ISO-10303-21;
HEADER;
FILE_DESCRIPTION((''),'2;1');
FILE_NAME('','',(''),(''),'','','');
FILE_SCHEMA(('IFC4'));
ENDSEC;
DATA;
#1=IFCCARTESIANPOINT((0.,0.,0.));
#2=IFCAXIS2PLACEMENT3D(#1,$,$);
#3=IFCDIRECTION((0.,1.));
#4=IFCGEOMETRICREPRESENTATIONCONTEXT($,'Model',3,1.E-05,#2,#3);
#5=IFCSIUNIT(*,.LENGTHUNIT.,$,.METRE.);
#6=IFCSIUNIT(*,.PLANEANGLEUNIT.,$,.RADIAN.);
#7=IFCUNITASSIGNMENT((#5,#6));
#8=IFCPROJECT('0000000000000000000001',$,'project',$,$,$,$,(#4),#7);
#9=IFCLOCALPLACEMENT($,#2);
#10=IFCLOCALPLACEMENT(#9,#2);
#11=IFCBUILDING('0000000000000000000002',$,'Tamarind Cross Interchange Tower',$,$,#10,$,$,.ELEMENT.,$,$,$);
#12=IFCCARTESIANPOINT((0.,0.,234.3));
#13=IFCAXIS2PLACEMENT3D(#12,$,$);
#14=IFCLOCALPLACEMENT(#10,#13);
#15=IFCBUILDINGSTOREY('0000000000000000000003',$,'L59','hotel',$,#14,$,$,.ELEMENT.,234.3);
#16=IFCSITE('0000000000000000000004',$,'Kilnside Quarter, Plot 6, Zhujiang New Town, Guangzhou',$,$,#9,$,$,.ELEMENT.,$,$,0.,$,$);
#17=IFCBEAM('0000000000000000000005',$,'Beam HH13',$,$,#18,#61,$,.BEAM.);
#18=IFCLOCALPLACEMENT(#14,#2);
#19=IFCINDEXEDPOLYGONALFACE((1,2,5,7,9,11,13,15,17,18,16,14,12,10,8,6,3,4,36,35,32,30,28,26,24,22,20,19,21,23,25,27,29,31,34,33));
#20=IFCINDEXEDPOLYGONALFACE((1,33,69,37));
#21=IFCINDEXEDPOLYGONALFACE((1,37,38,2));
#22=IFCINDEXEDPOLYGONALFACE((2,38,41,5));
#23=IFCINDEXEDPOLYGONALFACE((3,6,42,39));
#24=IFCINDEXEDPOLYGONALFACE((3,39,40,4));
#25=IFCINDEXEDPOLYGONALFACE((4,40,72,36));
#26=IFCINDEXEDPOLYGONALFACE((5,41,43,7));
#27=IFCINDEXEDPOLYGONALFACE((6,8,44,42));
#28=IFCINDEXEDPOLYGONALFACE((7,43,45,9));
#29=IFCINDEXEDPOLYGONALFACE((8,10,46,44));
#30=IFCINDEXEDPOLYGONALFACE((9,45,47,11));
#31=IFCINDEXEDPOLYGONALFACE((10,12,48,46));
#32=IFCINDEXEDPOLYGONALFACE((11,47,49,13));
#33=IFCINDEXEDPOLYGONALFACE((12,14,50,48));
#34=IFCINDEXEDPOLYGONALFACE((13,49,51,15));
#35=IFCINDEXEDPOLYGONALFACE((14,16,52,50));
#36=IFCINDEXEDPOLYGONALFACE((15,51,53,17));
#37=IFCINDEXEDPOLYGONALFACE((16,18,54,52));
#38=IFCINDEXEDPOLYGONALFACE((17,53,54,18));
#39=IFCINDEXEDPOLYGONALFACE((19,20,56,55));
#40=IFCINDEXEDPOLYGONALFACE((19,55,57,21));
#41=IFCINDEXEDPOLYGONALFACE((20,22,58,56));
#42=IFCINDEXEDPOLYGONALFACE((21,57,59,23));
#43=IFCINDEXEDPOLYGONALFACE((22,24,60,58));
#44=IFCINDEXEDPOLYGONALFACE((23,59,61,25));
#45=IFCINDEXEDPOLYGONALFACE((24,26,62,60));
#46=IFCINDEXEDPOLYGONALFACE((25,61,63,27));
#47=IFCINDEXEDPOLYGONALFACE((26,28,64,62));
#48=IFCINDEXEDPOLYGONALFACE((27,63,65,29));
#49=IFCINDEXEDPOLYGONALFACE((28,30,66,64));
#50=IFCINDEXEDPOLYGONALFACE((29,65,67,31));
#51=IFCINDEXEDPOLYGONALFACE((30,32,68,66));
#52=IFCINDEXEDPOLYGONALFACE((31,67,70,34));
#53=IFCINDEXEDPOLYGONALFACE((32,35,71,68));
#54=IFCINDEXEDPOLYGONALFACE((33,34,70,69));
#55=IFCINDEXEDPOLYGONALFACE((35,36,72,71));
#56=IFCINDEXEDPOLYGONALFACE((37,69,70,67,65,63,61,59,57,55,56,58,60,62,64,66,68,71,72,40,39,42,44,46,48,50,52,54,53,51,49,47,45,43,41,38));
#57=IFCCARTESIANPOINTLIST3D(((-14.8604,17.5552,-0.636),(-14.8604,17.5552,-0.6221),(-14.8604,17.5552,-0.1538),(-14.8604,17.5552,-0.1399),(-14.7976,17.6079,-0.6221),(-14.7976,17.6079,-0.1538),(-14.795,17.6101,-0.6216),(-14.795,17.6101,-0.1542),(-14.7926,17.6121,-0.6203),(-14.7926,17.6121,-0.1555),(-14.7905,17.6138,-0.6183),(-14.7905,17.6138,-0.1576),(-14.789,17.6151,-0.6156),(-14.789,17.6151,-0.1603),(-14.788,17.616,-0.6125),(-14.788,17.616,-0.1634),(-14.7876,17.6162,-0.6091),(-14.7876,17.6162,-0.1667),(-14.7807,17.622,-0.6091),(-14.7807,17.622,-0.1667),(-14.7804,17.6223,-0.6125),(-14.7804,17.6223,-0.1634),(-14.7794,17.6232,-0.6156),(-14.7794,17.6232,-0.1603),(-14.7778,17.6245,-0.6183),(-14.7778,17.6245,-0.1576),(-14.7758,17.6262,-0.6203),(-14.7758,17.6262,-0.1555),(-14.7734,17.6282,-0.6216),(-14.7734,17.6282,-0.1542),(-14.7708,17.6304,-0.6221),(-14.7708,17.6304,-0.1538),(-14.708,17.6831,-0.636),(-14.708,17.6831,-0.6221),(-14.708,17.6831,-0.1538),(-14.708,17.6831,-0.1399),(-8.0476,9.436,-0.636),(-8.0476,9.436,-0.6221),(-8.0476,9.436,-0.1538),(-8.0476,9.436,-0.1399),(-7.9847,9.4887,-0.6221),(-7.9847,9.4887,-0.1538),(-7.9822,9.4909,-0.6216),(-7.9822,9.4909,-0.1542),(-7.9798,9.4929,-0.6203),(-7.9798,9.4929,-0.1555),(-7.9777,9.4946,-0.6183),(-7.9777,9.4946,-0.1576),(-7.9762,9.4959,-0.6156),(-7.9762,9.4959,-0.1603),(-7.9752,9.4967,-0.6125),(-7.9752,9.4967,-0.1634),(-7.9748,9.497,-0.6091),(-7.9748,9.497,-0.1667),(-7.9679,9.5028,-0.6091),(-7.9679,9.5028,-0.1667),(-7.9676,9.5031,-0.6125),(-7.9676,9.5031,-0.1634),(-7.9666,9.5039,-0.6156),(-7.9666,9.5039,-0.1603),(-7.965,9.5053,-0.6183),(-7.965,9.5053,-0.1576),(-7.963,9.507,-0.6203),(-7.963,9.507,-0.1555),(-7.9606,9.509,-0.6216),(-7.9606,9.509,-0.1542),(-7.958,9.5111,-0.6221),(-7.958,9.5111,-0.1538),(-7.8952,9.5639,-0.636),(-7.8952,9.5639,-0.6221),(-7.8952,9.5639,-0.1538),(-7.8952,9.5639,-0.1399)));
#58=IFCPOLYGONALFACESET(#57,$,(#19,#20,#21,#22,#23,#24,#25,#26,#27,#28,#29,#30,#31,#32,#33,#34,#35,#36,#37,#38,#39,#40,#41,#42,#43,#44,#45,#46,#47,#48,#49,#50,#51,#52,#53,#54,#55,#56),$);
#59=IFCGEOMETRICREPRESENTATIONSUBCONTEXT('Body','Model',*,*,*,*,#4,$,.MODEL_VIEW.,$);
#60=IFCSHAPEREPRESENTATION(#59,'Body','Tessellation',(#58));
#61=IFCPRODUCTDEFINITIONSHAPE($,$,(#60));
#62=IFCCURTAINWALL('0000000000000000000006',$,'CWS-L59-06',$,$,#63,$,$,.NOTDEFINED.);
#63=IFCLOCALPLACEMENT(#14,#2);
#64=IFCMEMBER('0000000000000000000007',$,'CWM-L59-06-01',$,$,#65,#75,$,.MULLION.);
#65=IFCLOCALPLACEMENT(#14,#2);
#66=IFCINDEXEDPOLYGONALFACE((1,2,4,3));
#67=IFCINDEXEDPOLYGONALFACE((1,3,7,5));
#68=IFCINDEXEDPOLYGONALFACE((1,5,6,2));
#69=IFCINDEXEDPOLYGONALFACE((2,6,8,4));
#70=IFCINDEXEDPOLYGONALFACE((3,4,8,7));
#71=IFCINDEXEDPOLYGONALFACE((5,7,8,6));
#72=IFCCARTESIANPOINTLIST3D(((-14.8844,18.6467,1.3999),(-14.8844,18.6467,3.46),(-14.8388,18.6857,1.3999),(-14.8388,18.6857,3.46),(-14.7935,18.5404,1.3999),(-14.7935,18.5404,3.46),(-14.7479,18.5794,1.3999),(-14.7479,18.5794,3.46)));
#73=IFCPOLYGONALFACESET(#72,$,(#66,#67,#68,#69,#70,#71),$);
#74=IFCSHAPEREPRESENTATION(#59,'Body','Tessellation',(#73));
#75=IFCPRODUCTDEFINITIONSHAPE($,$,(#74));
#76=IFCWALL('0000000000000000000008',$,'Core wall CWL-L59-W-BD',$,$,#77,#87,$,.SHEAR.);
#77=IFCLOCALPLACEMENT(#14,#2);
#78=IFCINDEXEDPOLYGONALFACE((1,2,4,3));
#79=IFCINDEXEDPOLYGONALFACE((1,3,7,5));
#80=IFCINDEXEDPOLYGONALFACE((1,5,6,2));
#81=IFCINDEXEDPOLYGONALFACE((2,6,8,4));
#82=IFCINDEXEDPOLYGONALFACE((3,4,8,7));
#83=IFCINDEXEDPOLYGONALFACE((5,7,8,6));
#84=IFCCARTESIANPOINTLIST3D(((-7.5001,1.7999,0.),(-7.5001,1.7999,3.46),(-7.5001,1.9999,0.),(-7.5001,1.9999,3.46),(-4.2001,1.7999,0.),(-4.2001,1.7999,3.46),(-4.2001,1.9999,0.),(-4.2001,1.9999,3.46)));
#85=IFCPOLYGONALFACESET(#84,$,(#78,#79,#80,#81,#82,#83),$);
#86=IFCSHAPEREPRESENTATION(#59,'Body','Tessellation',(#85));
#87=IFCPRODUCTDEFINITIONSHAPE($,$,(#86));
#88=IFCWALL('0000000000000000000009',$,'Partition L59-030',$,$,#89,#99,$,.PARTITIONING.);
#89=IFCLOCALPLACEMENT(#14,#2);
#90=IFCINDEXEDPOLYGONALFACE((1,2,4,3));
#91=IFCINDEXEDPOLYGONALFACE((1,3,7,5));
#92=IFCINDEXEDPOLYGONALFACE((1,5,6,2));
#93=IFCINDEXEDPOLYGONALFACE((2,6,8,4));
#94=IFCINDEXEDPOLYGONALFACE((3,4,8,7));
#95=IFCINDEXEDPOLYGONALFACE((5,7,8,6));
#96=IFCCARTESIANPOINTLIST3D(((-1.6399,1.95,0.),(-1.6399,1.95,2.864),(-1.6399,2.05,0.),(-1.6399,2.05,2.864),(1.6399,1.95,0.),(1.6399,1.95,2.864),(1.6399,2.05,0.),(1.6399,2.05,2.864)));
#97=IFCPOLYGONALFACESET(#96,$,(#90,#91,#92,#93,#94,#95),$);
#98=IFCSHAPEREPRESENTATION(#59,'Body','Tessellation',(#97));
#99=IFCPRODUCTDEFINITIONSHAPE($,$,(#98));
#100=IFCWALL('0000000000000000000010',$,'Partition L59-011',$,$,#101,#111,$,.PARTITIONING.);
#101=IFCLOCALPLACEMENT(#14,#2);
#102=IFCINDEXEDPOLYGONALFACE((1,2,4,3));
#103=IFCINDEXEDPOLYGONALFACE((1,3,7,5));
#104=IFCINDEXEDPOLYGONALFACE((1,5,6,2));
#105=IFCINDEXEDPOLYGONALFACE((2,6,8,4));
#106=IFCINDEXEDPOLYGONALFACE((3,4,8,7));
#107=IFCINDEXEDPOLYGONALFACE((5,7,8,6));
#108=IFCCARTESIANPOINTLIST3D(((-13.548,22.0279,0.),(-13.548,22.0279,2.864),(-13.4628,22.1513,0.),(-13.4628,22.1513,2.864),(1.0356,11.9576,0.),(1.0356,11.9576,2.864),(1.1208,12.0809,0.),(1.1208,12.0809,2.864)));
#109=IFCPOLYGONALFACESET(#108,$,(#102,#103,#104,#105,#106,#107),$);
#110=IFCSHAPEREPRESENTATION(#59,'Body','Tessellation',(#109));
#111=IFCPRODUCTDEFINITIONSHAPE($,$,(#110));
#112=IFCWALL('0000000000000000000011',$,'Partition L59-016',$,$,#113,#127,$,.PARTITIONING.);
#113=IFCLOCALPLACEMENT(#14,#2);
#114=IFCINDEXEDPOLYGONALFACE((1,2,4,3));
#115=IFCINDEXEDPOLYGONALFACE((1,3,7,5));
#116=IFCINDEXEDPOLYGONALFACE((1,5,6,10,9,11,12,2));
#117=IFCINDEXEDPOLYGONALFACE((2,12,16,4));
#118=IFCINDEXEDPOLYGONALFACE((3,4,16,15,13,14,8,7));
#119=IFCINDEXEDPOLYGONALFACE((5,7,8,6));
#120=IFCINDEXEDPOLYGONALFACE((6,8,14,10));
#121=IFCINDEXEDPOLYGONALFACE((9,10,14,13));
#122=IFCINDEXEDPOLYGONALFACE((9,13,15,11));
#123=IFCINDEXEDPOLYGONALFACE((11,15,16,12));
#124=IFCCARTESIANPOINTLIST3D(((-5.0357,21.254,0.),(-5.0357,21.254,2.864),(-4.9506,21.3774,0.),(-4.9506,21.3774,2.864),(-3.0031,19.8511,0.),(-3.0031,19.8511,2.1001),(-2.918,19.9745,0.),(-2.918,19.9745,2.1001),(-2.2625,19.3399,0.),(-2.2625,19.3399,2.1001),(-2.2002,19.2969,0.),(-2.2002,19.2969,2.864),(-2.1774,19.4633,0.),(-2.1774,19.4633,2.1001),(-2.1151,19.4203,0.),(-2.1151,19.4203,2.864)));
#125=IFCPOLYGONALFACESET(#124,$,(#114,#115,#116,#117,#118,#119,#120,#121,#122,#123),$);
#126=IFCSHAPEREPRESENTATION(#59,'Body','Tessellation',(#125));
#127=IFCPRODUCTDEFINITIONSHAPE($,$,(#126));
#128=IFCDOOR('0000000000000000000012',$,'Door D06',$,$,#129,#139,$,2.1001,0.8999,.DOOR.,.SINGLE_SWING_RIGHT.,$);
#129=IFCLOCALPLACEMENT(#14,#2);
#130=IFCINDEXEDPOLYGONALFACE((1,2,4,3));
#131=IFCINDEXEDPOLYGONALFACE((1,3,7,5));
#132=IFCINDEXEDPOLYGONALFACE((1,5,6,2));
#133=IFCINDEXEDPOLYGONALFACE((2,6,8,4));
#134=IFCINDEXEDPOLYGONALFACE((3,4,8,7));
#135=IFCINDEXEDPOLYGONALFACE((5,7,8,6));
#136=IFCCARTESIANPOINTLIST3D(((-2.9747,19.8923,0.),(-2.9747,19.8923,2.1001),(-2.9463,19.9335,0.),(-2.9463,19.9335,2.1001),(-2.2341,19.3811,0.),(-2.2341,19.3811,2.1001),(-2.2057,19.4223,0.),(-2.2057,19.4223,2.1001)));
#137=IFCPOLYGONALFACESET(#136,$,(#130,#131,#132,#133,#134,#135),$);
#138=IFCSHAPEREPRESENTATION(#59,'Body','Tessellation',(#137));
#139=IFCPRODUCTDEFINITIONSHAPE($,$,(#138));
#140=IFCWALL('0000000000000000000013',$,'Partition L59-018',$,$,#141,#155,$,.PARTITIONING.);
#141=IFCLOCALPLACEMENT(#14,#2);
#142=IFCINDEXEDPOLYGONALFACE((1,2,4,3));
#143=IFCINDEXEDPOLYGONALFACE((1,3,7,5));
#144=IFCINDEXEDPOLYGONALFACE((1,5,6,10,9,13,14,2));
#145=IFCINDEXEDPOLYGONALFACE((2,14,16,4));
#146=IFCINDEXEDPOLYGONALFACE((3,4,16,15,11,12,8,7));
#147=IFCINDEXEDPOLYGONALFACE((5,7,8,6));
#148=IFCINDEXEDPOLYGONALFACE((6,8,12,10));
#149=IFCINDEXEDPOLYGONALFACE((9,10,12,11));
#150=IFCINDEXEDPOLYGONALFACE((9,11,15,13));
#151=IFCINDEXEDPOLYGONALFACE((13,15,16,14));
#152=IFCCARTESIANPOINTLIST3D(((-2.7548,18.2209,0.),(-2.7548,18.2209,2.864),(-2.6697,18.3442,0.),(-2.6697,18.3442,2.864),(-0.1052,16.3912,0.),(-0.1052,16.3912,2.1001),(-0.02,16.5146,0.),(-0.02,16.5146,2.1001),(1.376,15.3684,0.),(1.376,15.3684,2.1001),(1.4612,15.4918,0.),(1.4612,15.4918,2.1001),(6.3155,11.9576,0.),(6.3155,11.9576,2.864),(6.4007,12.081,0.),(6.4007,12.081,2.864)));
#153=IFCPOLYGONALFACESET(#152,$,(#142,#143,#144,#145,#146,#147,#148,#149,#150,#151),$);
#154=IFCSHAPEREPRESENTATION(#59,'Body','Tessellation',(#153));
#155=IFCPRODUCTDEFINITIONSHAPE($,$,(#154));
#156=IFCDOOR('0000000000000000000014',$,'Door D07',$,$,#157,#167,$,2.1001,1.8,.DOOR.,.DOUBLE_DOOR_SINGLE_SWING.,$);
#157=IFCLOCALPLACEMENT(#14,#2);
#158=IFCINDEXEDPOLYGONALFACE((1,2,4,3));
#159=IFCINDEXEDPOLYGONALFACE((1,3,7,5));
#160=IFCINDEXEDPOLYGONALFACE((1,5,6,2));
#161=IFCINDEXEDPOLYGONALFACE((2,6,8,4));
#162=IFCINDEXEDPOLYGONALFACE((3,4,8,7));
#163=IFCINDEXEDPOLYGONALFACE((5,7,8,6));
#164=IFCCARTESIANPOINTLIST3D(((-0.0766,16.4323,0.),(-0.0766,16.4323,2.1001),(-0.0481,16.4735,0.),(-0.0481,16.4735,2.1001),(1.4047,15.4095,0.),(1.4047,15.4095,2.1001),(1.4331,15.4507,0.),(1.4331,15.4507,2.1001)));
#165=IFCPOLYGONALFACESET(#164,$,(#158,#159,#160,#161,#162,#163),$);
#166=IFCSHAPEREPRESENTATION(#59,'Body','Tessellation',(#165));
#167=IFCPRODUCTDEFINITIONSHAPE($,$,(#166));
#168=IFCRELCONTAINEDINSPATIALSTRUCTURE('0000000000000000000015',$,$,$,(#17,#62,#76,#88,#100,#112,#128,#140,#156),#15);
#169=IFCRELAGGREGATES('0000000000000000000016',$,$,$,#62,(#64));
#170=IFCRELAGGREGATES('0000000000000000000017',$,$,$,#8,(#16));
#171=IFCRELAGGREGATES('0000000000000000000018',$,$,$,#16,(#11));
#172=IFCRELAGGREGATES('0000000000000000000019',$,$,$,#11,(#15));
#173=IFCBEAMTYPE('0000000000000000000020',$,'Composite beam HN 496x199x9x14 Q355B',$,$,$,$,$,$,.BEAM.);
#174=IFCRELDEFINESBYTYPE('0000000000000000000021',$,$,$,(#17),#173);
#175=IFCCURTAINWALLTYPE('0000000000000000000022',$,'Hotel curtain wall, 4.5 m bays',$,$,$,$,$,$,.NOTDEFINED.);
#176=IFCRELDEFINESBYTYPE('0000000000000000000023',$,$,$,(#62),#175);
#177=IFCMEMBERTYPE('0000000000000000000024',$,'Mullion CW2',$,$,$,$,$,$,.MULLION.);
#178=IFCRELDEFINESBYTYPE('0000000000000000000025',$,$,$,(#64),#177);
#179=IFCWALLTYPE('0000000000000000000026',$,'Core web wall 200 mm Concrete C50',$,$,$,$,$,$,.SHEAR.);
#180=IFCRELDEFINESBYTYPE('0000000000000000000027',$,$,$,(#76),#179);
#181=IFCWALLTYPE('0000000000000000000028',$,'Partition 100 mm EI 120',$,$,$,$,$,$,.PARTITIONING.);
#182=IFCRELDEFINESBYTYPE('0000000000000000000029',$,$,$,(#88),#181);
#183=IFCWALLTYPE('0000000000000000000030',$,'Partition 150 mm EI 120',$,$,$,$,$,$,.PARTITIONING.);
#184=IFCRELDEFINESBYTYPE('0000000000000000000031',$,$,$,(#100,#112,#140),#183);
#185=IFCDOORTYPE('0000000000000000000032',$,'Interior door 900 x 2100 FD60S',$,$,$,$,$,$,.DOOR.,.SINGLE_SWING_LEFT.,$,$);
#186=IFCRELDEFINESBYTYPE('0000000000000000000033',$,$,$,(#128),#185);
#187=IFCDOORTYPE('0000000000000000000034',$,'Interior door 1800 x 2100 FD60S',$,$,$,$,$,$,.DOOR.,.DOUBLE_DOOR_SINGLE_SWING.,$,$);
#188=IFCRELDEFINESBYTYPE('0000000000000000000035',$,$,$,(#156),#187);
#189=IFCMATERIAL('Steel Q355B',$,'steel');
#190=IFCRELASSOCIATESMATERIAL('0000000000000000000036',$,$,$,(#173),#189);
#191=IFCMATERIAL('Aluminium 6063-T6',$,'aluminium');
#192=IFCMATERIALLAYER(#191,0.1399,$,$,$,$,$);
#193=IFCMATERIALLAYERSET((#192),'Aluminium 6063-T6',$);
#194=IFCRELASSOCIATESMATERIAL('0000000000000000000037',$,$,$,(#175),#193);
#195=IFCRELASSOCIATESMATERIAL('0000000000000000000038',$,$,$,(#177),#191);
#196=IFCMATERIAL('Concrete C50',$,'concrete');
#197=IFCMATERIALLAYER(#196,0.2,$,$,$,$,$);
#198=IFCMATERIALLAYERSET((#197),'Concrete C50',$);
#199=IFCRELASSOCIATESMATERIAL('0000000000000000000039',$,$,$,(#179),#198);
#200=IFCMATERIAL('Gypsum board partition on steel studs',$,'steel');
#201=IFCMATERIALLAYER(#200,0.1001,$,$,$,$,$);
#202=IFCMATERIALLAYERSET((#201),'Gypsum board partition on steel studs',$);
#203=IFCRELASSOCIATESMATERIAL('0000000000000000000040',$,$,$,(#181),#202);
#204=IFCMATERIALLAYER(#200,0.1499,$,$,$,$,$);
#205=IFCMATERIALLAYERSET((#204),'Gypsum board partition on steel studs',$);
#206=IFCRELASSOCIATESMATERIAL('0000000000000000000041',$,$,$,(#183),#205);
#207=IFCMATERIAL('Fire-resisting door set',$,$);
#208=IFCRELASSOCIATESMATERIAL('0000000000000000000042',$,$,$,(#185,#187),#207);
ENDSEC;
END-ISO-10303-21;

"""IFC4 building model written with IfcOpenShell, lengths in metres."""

from ifc_helpers import new_model, si_unit, direction, frame, frame_2d, origin, origin_2d, place, context, subcontext, project, spatial, rectangle, i_section, extrude, material, layer, layer_set, material_profile, profile_set, type_object, element, fill, aggregate, save


model = new_model("IFC4")

# Units and contexts
model_context = context("Model", 3, precision=1e-05, world=origin(), true_north=direction((0.0, 1.0)))
body_context = subcontext(model_context, "Body", "Model", "MODEL_VIEW")
ifc_project = project(units=[si_unit("LENGTHUNIT", "METRE"), si_unit("PLANEANGLEUNIT", "RADIAN")], contexts=[model_context])

# Site, building, storey
site_placement = place(None, origin())
site = spatial("IfcSite", under=ifc_project, at=site_placement, Name="Kilnside Quarter, Plot 6, Zhujiang New Town, Guangzhou", CompositionType="ELEMENT", RefElevation=0.0)
building_placement = place(site_placement, origin())
building = spatial("IfcBuilding", under=site, at=building_placement, Name="Tamarind Cross Interchange Tower", CompositionType="ELEMENT")
storey_placement = place(building_placement, frame((0.0, 0.0, 234.3)))
storey = spatial("IfcBuildingStorey", under=building, at=storey_placement, Name="L59", Description="hotel", CompositionType="ELEMENT", Elevation=234.3)

# Shared definitions
ifc_material_1 = material(Name="Concrete C50", Category="concrete")

# Beam
ifc_material_2 = material(Name="Steel Q355B", Category="steel")
ifc_material_profile_1 = material_profile(ifc_material_2, i_section(OverallWidth=0.199, OverallDepth=0.4961, WebThickness=0.009, FlangeThickness=0.0139, FilletRadius=0.0129, at=origin_2d()), Name="HN 496x199x9x14")
ifc_profile_set_1 = profile_set([ifc_material_profile_1], Name="Steel Q355B")
beam_type_1 = type_object("IfcBeamType", Name="Composite beam HN 496x199x9x14 Q355B", PredefinedType="BEAM", material=ifc_profile_set_1)
beam_1_placement = place(storey_placement, frame((-14.7842, 17.6191, -0.3879), z_axis=(0.642786, -0.766046, 0.0), x_axis=(0.766046, 0.642786, 0.0)))
element("IfcBeam", 1, at=beam_1_placement, inside=storey, type_object=beam_type_1, Name="Beam HH13", PredefinedType="BEAM", context=body_context, shape_type="SweptSolid", body=[
    extrude(i_section(OverallWidth=0.199, OverallDepth=0.4961, WebThickness=0.009, FlangeThickness=0.0139, FilletRadius=0.0129, at=origin_2d()), origin(), (0.0, 0.0, 1.0), 10.5989),
])

# Curtain wall, member
ifc_material_3 = material(Name="Aluminium 6063-T6", Category="aluminium")
ifc_layer_1 = layer(ifc_material_3, 0.1399)
ifc_layer_set_1 = layer_set([ifc_layer_1], Name="Aluminium 6063-T6")
curtain_wall_type = type_object("IfcCurtainWallType", Name="Hotel curtain wall, 4.5 m bays", PredefinedType="NOTDEFINED", material=ifc_layer_set_1)
curtain_wall_placement = place(storey_placement, origin())
curtain_wall = element("IfcCurtainWall", 2, at=curtain_wall_placement, inside=storey, type_object=curtain_wall_type, Name="CWS-L59-06", PredefinedType="NOTDEFINED")
ifc_material_profile_2 = material_profile(ifc_material_3, rectangle(XDim=0.0601, YDim=0.1399, at=origin_2d()), Name="Mullion CW2")
ifc_profile_set_2 = profile_set([ifc_material_profile_2], Name="Aluminium 6063-T6")
member_type = type_object("IfcMemberType", Name="Mullion CW2", PredefinedType="MULLION", material=ifc_profile_set_2)
member_placement = place(storey_placement, frame((-14.8162, 18.613, 1.3999), z_axis=(0.0, 0.0, 1.0), x_axis=(-0.76019, -0.649701, 0.0)))
member = element("IfcMember", 3, at=member_placement, type_object=member_type, Name="CWM-L59-06-01", PredefinedType="MULLION", context=body_context, shape_type="SweptSolid", body=[
    extrude(rectangle(XDim=0.0601, YDim=0.1399, at=origin_2d()), origin(), (0.0, 0.0, 1.0), 2.0601),
])
aggregate(curtain_wall, [member])

# Walls
ifc_layer_2 = layer(ifc_material_1, 0.2)
ifc_layer_set_2 = layer_set([ifc_layer_2], Name="Concrete C50")
wall_type_1 = type_object("IfcWallType", Name="Core web wall 200 mm Concrete C50", PredefinedType="SHEAR", material=ifc_layer_set_2)
wall_1_placement = place(storey_placement, frame((-7.5, 1.8999, 0.0), z_axis=(0.0, 0.0, 1.0), x_axis=(1.0, 0.0, 0.0)))
element("IfcWall", 4, at=wall_1_placement, inside=storey, type_object=wall_type_1, Name="Core wall CWL-L59-W-BD", PredefinedType="SHEAR", context=body_context, shape_type="SweptSolid", body=[
    extrude(rectangle(XDim=3.3, YDim=0.2, at=frame_2d((1.6499, 0.0))), origin(), (0.0, 0.0, 1.0), 3.46),
])
ifc_material_4 = material(Name="Gypsum board partition on steel studs", Category="steel")
ifc_layer_3 = layer(ifc_material_4, 0.1001)
ifc_layer_set_3 = layer_set([ifc_layer_3], Name="Gypsum board partition on steel studs")
wall_type_2 = type_object("IfcWallType", Name="Partition 100 mm EI 120", PredefinedType="PARTITIONING", material=ifc_layer_set_3)
wall_2_placement = place(storey_placement, frame((-1.6399, 2.0, 0.0), z_axis=(0.0, 0.0, 1.0), x_axis=(1.0, 0.0, 0.0)))
element("IfcWall", 5, at=wall_2_placement, inside=storey, type_object=wall_type_2, Name="Partition L59-030", PredefinedType="PARTITIONING", context=body_context, shape_type="SweptSolid", body=[
    extrude(rectangle(XDim=3.2798, YDim=0.1001, at=frame_2d((1.6399, 0.0))), origin(), (0.0, 0.0, 1.0), 2.864),
])
ifc_layer_4 = layer(ifc_material_4, 0.1499)
ifc_layer_set_4 = layer_set([ifc_layer_4], Name="Gypsum board partition on steel studs")
wall_type_3 = type_object("IfcWallType", Name="Partition 150 mm EI 120", PredefinedType="PARTITIONING", material=ifc_layer_set_4)
wall_3_placement = place(storey_placement, frame((-13.5054, 22.0896, 0.0), z_axis=(0.0, 0.0, 1.0), x_axis=(0.822877, -0.56822, 0.0)))
element("IfcWall", 6, at=wall_3_placement, inside=storey, type_object=wall_type_3, Name="Partition L59-011", PredefinedType="PARTITIONING", context=body_context, shape_type="SweptSolid", body=[
    extrude(rectangle(XDim=17.7227, YDim=0.1499, at=frame_2d((8.8613, 0.0))), origin(), (0.0, 0.0, 1.0), 2.864),
])

# Walls, openings, doors
wall_4_placement = place(storey_placement, frame((-4.9932, 21.3157, 0.0), z_axis=(0.0, 0.0, 1.0), x_axis=(0.823003, -0.568038, 0.0)))
wall_4 = element("IfcWall", 7, at=wall_4_placement, inside=storey, type_object=wall_type_3, Name="Partition L59-016", PredefinedType="PARTITIONING", context=body_context, shape_type="SweptSolid", body=[
    extrude(rectangle(XDim=3.4453, YDim=0.1499, at=frame_2d((1.7227, 0.0))), origin(), (0.0, 0.0, 1.0), 2.864),
])
opening_1_placement = place(wall_4_placement, frame((2.4697, 0.0, 0.0)))
opening_1 = element("IfcOpeningElement", 8, at=opening_1_placement, cuts=wall_4, PredefinedType="OPENING", context=body_context, shape_type="SweptSolid", body=[
    extrude(rectangle(XDim=0.8999, YDim=2.1001, at=frame_2d((0.45, 1.05))), frame((0.0, 0.085, 0.0), z_axis=(0.0, -1.0, 0.0), x_axis=(1.0, 0.0, 0.0)), (0.0, 0.0, 1.0), 0.1699),
])
ifc_material_5 = material(Name="Fire-resisting door set")
door_type_1 = type_object("IfcDoorType", Name="Interior door 900 x 2100 FD60S", OperationType="SINGLE_SWING_LEFT", PredefinedType="DOOR", material=ifc_material_5)
door_1_placement = place(opening_1_placement, frame((0.8999, 0.0, 0.0), z_axis=(0.0, 0.0, 1.0), x_axis=(-1.0, 0.0, 0.0)))
door_1 = element("IfcDoor", 9, at=door_1_placement, inside=storey, type_object=door_type_1, Name="Door D06", OperationType="SINGLE_SWING_RIGHT", OverallHeight=2.1001, OverallWidth=0.8999, PredefinedType="DOOR", context=body_context, shape_type="SweptSolid", body=[
    extrude(rectangle(XDim=0.8999, YDim=2.1001, at=frame_2d((0.45, 1.05))), frame((0.0, 0.0249, 0.0), z_axis=(0.0, -1.0, 0.0), x_axis=(1.0, 0.0, 0.0)), (0.0, 0.0, 1.0), 0.05),
])
fill(opening_1, door_1)
wall_5_placement = place(storey_placement, frame((-2.7122, 18.2825, 0.0), z_axis=(0.0, 0.0, 1.0), x_axis=(0.822882, -0.568212, 0.0)))
wall_5 = element("IfcWall", 10, at=wall_5_placement, inside=storey, type_object=wall_type_3, Name="Partition L59-018", PredefinedType="PARTITIONING", context=body_context, shape_type="SweptSolid", body=[
    extrude(rectangle(XDim=11.0227, YDim=0.1499, at=frame_2d((5.5112, 0.0))), origin(), (0.0, 0.0, 1.0), 2.864),
])
opening_2_placement = place(wall_5_placement, frame((3.22, 0.0, 0.0)))
opening_2 = element("IfcOpeningElement", 11, at=opening_2_placement, cuts=wall_5, PredefinedType="OPENING", context=body_context, shape_type="SweptSolid", body=[
    extrude(rectangle(XDim=1.8, YDim=2.1001, at=frame_2d((0.8999, 1.05))), frame((0.0, 0.085, 0.0), z_axis=(0.0, -1.0, 0.0), x_axis=(1.0, 0.0, 0.0)), (0.0, 0.0, 1.0), 0.1699),
])
door_type_2 = type_object("IfcDoorType", Name="Interior door 1800 x 2100 FD60S", OperationType="DOUBLE_DOOR_SINGLE_SWING", PredefinedType="DOOR", material=ifc_material_5)
door_2_placement = place(opening_2_placement, frame((1.8, 0.0, 0.0), z_axis=(0.0, 0.0, 1.0), x_axis=(-1.0, 0.0, 0.0)))
door_2 = element("IfcDoor", 12, at=door_2_placement, inside=storey, type_object=door_type_2, Name="Door D07", OperationType="DOUBLE_DOOR_SINGLE_SWING", OverallHeight=2.1001, OverallWidth=1.8, PredefinedType="DOOR", context=body_context, shape_type="SweptSolid", body=[
    extrude(rectangle(XDim=1.8, YDim=2.1001, at=frame_2d((0.8999, 1.05))), frame((0.0, 0.0249, 0.0), z_axis=(0.0, -1.0, 0.0), x_axis=(1.0, 0.0, 0.0)), (0.0, 0.0, 1.0), 0.05),
])
fill(opening_2, door_2)

save(model, "model.ifc")
